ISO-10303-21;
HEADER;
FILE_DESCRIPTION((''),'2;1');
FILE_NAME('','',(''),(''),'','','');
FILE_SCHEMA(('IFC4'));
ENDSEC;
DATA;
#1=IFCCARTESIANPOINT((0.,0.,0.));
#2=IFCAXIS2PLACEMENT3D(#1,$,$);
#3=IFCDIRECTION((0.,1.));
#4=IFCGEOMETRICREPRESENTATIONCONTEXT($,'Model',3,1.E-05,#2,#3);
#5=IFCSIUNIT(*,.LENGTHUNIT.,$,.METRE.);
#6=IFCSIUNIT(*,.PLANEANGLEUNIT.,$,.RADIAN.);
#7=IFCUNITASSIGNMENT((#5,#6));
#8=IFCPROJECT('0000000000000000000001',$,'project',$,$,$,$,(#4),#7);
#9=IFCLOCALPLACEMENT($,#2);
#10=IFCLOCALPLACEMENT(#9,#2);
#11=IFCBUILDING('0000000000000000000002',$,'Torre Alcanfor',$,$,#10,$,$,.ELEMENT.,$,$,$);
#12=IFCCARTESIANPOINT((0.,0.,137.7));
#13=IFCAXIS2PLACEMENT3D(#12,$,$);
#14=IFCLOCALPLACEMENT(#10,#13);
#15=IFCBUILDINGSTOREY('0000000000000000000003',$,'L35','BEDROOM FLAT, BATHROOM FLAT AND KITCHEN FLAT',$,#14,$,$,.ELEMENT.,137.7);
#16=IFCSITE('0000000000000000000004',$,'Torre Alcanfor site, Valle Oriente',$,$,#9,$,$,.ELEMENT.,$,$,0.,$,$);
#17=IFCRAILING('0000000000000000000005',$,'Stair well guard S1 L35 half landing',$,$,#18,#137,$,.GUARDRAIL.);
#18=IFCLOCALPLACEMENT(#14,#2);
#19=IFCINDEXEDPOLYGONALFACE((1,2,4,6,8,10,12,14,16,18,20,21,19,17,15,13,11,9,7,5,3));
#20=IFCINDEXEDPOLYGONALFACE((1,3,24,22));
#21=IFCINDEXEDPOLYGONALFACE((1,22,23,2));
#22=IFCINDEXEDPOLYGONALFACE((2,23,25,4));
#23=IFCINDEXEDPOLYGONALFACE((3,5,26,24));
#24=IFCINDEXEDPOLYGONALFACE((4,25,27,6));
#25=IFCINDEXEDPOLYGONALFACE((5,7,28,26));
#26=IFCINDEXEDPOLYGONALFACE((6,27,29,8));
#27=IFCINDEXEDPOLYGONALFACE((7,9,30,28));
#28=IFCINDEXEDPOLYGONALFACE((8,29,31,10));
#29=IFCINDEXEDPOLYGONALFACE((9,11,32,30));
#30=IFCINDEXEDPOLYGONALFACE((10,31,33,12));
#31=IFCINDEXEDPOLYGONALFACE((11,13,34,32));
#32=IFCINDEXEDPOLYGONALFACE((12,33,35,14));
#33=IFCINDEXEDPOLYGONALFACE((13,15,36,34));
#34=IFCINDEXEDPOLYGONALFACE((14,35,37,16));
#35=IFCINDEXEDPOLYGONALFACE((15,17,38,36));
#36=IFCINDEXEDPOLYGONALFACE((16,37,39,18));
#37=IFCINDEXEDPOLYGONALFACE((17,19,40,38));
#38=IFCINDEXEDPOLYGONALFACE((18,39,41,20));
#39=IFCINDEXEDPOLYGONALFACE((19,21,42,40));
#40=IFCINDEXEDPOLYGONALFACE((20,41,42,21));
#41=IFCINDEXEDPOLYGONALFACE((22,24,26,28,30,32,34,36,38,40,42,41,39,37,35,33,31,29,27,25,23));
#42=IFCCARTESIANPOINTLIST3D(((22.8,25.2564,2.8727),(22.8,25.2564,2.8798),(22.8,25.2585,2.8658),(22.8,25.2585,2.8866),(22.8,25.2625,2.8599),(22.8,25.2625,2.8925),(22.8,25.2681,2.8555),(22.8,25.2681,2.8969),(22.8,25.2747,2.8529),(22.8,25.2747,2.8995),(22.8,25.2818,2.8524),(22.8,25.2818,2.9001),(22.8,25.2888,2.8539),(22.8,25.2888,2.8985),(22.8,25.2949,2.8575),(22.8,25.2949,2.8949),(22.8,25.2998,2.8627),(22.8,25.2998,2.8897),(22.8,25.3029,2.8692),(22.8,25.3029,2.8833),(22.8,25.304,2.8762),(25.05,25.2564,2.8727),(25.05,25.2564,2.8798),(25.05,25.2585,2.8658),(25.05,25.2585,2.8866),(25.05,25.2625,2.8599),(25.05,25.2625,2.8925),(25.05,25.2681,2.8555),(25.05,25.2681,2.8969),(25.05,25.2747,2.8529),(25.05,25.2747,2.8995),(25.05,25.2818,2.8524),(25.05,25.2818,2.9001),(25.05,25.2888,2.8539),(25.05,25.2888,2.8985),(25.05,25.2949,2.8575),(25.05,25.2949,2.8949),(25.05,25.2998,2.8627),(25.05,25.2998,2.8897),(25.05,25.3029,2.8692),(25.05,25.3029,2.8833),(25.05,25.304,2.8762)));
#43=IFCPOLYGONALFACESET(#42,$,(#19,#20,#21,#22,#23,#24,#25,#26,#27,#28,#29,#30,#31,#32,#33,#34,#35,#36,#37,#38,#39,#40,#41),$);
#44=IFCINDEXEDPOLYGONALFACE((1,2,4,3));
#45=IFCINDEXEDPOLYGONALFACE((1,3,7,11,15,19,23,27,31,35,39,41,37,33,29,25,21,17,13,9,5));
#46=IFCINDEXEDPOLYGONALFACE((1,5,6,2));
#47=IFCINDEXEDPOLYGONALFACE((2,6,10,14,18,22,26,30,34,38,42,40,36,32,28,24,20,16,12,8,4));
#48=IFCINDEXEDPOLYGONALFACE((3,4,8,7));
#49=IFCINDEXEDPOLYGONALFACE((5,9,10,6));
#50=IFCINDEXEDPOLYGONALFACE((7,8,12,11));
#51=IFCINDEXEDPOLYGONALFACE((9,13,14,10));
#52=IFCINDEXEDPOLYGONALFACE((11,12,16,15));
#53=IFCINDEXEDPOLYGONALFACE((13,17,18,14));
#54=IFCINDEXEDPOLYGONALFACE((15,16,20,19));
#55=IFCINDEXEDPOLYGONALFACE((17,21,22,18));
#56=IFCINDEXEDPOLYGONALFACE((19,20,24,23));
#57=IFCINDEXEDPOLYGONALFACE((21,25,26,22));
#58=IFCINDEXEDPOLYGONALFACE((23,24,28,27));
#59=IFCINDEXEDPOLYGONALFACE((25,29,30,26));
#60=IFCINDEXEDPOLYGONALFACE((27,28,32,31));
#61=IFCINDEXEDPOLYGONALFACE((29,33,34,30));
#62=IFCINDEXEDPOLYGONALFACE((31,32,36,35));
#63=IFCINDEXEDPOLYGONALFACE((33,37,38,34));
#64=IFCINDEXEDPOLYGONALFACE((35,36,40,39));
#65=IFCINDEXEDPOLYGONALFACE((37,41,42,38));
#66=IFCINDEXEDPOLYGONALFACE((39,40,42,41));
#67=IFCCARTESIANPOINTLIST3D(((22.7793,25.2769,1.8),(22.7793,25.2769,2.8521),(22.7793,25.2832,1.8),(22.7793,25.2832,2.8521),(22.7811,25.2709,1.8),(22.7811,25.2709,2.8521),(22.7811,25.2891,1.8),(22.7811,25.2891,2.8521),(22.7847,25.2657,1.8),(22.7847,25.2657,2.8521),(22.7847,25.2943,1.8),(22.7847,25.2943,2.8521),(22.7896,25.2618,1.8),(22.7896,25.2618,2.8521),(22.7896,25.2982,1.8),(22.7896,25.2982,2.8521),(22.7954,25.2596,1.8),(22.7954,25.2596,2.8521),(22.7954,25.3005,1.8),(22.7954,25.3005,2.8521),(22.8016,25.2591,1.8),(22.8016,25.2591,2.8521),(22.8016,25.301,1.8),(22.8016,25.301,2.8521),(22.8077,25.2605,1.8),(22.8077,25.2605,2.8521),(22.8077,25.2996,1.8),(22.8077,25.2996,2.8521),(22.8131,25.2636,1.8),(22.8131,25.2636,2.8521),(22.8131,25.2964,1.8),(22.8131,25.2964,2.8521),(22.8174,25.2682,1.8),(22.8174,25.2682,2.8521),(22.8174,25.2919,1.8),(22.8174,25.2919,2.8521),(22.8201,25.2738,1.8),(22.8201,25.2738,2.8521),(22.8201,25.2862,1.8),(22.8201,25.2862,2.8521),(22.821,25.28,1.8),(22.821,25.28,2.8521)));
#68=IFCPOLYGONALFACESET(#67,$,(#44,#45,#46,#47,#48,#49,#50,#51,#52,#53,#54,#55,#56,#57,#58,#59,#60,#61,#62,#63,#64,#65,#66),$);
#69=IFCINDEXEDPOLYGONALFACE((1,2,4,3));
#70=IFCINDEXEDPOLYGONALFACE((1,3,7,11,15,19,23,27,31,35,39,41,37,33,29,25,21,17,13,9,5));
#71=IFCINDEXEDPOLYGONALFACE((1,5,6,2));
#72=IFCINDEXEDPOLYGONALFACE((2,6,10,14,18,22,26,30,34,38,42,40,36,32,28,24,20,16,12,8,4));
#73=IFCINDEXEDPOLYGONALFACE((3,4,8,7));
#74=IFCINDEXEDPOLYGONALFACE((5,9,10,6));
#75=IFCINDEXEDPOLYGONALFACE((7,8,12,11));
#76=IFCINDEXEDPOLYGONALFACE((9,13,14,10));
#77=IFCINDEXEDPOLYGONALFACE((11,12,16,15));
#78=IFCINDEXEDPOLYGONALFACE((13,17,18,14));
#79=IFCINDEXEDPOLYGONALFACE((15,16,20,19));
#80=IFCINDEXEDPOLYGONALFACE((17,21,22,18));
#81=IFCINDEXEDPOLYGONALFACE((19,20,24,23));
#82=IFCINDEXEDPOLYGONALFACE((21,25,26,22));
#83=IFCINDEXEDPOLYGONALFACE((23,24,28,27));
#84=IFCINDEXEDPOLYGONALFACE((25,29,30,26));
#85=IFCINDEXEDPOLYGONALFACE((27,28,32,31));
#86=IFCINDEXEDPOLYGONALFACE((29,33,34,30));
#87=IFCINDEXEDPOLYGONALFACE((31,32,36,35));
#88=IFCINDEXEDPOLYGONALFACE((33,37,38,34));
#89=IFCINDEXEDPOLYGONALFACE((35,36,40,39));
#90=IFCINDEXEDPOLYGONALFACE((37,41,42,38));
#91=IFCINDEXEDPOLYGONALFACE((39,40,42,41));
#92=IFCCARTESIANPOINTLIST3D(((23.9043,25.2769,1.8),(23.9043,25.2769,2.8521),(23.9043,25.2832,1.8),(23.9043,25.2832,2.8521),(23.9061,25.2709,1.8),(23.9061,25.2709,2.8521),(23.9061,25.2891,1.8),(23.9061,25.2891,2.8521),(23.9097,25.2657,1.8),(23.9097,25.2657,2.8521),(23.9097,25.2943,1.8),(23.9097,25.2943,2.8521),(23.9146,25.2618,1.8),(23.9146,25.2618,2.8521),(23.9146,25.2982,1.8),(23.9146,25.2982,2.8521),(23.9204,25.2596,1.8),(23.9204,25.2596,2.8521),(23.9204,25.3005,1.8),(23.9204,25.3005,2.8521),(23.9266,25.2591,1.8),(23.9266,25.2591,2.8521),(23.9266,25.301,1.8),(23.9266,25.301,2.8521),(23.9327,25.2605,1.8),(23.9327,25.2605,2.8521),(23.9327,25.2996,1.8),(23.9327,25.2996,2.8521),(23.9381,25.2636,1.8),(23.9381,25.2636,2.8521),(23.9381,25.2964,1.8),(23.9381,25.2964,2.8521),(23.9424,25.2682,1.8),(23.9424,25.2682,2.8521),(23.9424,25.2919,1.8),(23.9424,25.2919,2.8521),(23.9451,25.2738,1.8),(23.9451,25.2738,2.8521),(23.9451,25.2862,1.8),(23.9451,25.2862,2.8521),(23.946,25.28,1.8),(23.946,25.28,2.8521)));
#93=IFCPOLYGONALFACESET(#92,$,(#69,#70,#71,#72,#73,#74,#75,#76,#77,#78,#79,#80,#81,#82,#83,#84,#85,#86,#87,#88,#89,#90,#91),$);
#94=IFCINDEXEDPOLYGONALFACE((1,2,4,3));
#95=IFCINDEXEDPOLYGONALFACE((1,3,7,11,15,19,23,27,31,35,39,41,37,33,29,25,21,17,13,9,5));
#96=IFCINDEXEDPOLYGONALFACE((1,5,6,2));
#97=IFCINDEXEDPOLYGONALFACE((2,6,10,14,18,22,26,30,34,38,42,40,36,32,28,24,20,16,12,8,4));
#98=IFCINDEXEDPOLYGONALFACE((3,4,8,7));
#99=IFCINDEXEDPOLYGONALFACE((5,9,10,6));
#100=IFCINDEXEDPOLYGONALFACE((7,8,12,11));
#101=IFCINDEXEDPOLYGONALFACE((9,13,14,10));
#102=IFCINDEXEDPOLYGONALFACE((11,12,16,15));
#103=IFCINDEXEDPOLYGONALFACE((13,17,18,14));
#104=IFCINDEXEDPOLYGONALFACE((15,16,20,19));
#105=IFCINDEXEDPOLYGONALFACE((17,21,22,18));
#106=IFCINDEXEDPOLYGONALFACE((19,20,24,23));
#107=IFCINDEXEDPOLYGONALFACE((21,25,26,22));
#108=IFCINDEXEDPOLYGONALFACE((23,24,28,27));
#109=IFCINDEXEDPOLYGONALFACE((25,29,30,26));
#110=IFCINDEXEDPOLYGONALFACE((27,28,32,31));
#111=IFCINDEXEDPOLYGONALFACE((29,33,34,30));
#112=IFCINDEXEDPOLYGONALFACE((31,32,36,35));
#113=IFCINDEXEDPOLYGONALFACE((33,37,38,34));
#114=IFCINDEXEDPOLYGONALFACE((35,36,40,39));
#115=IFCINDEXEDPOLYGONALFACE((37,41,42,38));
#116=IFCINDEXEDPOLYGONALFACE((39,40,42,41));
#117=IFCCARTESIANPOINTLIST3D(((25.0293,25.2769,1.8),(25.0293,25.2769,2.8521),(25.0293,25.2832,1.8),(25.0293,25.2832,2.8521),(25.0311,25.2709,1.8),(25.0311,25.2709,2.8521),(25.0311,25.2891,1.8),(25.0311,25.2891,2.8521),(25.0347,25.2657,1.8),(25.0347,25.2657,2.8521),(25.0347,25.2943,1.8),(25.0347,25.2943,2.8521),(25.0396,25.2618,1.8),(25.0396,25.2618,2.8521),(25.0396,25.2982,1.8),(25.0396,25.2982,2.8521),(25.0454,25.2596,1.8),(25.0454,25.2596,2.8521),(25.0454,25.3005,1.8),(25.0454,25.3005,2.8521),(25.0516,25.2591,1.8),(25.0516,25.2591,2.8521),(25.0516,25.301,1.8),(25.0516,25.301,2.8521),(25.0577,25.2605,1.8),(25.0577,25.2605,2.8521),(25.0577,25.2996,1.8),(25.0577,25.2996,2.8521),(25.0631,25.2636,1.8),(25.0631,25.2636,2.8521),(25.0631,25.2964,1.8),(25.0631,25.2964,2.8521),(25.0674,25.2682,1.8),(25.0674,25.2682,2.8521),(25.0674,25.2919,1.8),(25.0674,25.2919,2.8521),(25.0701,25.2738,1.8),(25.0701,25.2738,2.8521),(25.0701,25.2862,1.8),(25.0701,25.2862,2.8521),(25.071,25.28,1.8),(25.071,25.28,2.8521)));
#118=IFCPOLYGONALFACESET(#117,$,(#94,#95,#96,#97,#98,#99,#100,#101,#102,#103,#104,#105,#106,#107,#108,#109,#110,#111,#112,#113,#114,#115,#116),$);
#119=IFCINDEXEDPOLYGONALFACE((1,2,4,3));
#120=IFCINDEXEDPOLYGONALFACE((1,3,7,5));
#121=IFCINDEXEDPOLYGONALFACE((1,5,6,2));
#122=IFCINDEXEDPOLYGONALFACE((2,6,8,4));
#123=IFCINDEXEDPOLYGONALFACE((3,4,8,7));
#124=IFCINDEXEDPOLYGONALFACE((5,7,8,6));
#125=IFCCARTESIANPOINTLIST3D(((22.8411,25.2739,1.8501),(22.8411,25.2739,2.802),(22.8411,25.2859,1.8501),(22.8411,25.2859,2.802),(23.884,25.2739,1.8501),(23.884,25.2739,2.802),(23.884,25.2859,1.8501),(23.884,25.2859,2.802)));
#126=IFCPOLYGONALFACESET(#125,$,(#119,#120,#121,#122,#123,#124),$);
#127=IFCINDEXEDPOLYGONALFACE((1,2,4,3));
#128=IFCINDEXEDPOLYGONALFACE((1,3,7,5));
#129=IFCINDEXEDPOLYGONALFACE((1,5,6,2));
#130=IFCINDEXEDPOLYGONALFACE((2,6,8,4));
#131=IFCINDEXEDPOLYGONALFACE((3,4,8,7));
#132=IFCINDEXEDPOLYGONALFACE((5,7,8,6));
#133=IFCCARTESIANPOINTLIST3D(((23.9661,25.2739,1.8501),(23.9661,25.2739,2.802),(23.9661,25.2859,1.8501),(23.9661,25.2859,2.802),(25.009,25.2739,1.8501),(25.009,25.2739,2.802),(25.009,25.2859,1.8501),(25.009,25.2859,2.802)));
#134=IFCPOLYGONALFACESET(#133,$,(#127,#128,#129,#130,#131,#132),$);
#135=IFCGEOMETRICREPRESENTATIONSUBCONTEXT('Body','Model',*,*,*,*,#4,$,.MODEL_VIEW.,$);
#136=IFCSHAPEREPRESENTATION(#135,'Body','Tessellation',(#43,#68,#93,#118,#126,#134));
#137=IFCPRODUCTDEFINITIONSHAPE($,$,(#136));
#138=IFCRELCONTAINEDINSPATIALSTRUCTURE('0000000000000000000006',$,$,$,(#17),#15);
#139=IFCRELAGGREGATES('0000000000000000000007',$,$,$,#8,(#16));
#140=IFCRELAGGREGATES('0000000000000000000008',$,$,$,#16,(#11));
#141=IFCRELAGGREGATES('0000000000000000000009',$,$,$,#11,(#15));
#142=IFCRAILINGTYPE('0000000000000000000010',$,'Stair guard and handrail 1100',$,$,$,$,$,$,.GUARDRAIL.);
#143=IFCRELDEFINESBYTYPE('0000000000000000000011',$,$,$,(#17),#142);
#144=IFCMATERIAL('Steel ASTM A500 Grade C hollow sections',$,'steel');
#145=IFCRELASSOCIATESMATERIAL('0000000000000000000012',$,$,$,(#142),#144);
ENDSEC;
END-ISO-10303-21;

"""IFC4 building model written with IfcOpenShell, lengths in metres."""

from ifc_helpers import new_model, si_unit, direction, frame, origin, origin_2d, place, context, subcontext, project, spatial, polyline, circle, outline, extrude, material, type_object, element, save


model = new_model("IFC4")

# Units and contexts
model_context = context("Model", 3, precision=1e-05, world=origin(), true_north=direction((0.0, 1.0)))
body_context = subcontext(model_context, "Body", "Model", "MODEL_VIEW")
ifc_project = project(units=[si_unit("LENGTHUNIT", "METRE"), si_unit("PLANEANGLEUNIT", "RADIAN")], contexts=[model_context])

# Site, building, storey
site_placement = place(None, origin())
site = spatial("IfcSite", under=ifc_project, at=site_placement, Name="Torre Alcanfor site, Valle Oriente", CompositionType="ELEMENT", RefElevation=0.0)
building_placement = place(site_placement, origin())
building = spatial("IfcBuilding", under=site, at=building_placement, Name="Torre Alcanfor", CompositionType="ELEMENT")
storey_placement = place(building_placement, frame((0.0, 0.0, 137.7)))
storey = spatial("IfcBuildingStorey", under=building, at=storey_placement, Name="L35", Description="BEDROOM FLAT, BATHROOM FLAT AND KITCHEN FLAT", CompositionType="ELEMENT", Elevation=137.7)

# Railing
ifc_material_1 = material(Name="Steel ASTM A500 Grade C hollow sections", Category="steel")
railing_type_1 = type_object("IfcRailingType", Name="Stair guard and handrail 1100", PredefinedType="GUARDRAIL", material=ifc_material_1)
railing_1_placement = place(storey_placement, frame((22.8, 25.28, 1.8)))
element("IfcRailing", 1, at=railing_1_placement, inside=storey, type_object=railing_type_1, Name="Stair well guard S1 L35 half landing", PredefinedType="GUARDRAIL", context=body_context, shape_type="SweptSolid", body=[
    extrude(circle(Radius=0.0239, at=origin_2d()), frame((0.0, 0.0, 1.0762), z_axis=(1.0, 0.0, 0.0), x_axis=(0.0, 1.0, 0.0)), (0.0, 0.0, 1.0), 2.25),
    extrude(circle(Radius=0.021, at=origin_2d()), origin(), (0.0, 0.0, 1.0), 1.052),
    extrude(circle(Radius=0.021, at=origin_2d()), frame((1.125, 0.0, 0.0)), (0.0, 0.0, 1.0), 1.052),
    extrude(circle(Radius=0.021, at=origin_2d()), frame((2.25, 0.0, 0.0)), (0.0, 0.0, 1.0), 1.052),
    extrude(outline(polyline([(0.041, 0.05), (1.084, 0.05), (1.084, 1.002), (0.041, 1.002), (0.041, 0.05)])), frame((0.0, 0.0059, 0.0), z_axis=(0.0, -1.0, 0.0), x_axis=(1.0, 0.0, 0.0)), (0.0, 0.0, 1.0), 0.012),
    extrude(outline(polyline([(1.166, 0.05), (2.209, 0.05), (2.209, 1.002), (1.166, 1.002), (1.166, 0.05)])), frame((0.0, 0.0059, 0.0), z_axis=(0.0, -1.0, 0.0), x_axis=(1.0, 0.0, 0.0)), (0.0, 0.0, 1.0), 0.012),
])

save(model, "model.ifc")
